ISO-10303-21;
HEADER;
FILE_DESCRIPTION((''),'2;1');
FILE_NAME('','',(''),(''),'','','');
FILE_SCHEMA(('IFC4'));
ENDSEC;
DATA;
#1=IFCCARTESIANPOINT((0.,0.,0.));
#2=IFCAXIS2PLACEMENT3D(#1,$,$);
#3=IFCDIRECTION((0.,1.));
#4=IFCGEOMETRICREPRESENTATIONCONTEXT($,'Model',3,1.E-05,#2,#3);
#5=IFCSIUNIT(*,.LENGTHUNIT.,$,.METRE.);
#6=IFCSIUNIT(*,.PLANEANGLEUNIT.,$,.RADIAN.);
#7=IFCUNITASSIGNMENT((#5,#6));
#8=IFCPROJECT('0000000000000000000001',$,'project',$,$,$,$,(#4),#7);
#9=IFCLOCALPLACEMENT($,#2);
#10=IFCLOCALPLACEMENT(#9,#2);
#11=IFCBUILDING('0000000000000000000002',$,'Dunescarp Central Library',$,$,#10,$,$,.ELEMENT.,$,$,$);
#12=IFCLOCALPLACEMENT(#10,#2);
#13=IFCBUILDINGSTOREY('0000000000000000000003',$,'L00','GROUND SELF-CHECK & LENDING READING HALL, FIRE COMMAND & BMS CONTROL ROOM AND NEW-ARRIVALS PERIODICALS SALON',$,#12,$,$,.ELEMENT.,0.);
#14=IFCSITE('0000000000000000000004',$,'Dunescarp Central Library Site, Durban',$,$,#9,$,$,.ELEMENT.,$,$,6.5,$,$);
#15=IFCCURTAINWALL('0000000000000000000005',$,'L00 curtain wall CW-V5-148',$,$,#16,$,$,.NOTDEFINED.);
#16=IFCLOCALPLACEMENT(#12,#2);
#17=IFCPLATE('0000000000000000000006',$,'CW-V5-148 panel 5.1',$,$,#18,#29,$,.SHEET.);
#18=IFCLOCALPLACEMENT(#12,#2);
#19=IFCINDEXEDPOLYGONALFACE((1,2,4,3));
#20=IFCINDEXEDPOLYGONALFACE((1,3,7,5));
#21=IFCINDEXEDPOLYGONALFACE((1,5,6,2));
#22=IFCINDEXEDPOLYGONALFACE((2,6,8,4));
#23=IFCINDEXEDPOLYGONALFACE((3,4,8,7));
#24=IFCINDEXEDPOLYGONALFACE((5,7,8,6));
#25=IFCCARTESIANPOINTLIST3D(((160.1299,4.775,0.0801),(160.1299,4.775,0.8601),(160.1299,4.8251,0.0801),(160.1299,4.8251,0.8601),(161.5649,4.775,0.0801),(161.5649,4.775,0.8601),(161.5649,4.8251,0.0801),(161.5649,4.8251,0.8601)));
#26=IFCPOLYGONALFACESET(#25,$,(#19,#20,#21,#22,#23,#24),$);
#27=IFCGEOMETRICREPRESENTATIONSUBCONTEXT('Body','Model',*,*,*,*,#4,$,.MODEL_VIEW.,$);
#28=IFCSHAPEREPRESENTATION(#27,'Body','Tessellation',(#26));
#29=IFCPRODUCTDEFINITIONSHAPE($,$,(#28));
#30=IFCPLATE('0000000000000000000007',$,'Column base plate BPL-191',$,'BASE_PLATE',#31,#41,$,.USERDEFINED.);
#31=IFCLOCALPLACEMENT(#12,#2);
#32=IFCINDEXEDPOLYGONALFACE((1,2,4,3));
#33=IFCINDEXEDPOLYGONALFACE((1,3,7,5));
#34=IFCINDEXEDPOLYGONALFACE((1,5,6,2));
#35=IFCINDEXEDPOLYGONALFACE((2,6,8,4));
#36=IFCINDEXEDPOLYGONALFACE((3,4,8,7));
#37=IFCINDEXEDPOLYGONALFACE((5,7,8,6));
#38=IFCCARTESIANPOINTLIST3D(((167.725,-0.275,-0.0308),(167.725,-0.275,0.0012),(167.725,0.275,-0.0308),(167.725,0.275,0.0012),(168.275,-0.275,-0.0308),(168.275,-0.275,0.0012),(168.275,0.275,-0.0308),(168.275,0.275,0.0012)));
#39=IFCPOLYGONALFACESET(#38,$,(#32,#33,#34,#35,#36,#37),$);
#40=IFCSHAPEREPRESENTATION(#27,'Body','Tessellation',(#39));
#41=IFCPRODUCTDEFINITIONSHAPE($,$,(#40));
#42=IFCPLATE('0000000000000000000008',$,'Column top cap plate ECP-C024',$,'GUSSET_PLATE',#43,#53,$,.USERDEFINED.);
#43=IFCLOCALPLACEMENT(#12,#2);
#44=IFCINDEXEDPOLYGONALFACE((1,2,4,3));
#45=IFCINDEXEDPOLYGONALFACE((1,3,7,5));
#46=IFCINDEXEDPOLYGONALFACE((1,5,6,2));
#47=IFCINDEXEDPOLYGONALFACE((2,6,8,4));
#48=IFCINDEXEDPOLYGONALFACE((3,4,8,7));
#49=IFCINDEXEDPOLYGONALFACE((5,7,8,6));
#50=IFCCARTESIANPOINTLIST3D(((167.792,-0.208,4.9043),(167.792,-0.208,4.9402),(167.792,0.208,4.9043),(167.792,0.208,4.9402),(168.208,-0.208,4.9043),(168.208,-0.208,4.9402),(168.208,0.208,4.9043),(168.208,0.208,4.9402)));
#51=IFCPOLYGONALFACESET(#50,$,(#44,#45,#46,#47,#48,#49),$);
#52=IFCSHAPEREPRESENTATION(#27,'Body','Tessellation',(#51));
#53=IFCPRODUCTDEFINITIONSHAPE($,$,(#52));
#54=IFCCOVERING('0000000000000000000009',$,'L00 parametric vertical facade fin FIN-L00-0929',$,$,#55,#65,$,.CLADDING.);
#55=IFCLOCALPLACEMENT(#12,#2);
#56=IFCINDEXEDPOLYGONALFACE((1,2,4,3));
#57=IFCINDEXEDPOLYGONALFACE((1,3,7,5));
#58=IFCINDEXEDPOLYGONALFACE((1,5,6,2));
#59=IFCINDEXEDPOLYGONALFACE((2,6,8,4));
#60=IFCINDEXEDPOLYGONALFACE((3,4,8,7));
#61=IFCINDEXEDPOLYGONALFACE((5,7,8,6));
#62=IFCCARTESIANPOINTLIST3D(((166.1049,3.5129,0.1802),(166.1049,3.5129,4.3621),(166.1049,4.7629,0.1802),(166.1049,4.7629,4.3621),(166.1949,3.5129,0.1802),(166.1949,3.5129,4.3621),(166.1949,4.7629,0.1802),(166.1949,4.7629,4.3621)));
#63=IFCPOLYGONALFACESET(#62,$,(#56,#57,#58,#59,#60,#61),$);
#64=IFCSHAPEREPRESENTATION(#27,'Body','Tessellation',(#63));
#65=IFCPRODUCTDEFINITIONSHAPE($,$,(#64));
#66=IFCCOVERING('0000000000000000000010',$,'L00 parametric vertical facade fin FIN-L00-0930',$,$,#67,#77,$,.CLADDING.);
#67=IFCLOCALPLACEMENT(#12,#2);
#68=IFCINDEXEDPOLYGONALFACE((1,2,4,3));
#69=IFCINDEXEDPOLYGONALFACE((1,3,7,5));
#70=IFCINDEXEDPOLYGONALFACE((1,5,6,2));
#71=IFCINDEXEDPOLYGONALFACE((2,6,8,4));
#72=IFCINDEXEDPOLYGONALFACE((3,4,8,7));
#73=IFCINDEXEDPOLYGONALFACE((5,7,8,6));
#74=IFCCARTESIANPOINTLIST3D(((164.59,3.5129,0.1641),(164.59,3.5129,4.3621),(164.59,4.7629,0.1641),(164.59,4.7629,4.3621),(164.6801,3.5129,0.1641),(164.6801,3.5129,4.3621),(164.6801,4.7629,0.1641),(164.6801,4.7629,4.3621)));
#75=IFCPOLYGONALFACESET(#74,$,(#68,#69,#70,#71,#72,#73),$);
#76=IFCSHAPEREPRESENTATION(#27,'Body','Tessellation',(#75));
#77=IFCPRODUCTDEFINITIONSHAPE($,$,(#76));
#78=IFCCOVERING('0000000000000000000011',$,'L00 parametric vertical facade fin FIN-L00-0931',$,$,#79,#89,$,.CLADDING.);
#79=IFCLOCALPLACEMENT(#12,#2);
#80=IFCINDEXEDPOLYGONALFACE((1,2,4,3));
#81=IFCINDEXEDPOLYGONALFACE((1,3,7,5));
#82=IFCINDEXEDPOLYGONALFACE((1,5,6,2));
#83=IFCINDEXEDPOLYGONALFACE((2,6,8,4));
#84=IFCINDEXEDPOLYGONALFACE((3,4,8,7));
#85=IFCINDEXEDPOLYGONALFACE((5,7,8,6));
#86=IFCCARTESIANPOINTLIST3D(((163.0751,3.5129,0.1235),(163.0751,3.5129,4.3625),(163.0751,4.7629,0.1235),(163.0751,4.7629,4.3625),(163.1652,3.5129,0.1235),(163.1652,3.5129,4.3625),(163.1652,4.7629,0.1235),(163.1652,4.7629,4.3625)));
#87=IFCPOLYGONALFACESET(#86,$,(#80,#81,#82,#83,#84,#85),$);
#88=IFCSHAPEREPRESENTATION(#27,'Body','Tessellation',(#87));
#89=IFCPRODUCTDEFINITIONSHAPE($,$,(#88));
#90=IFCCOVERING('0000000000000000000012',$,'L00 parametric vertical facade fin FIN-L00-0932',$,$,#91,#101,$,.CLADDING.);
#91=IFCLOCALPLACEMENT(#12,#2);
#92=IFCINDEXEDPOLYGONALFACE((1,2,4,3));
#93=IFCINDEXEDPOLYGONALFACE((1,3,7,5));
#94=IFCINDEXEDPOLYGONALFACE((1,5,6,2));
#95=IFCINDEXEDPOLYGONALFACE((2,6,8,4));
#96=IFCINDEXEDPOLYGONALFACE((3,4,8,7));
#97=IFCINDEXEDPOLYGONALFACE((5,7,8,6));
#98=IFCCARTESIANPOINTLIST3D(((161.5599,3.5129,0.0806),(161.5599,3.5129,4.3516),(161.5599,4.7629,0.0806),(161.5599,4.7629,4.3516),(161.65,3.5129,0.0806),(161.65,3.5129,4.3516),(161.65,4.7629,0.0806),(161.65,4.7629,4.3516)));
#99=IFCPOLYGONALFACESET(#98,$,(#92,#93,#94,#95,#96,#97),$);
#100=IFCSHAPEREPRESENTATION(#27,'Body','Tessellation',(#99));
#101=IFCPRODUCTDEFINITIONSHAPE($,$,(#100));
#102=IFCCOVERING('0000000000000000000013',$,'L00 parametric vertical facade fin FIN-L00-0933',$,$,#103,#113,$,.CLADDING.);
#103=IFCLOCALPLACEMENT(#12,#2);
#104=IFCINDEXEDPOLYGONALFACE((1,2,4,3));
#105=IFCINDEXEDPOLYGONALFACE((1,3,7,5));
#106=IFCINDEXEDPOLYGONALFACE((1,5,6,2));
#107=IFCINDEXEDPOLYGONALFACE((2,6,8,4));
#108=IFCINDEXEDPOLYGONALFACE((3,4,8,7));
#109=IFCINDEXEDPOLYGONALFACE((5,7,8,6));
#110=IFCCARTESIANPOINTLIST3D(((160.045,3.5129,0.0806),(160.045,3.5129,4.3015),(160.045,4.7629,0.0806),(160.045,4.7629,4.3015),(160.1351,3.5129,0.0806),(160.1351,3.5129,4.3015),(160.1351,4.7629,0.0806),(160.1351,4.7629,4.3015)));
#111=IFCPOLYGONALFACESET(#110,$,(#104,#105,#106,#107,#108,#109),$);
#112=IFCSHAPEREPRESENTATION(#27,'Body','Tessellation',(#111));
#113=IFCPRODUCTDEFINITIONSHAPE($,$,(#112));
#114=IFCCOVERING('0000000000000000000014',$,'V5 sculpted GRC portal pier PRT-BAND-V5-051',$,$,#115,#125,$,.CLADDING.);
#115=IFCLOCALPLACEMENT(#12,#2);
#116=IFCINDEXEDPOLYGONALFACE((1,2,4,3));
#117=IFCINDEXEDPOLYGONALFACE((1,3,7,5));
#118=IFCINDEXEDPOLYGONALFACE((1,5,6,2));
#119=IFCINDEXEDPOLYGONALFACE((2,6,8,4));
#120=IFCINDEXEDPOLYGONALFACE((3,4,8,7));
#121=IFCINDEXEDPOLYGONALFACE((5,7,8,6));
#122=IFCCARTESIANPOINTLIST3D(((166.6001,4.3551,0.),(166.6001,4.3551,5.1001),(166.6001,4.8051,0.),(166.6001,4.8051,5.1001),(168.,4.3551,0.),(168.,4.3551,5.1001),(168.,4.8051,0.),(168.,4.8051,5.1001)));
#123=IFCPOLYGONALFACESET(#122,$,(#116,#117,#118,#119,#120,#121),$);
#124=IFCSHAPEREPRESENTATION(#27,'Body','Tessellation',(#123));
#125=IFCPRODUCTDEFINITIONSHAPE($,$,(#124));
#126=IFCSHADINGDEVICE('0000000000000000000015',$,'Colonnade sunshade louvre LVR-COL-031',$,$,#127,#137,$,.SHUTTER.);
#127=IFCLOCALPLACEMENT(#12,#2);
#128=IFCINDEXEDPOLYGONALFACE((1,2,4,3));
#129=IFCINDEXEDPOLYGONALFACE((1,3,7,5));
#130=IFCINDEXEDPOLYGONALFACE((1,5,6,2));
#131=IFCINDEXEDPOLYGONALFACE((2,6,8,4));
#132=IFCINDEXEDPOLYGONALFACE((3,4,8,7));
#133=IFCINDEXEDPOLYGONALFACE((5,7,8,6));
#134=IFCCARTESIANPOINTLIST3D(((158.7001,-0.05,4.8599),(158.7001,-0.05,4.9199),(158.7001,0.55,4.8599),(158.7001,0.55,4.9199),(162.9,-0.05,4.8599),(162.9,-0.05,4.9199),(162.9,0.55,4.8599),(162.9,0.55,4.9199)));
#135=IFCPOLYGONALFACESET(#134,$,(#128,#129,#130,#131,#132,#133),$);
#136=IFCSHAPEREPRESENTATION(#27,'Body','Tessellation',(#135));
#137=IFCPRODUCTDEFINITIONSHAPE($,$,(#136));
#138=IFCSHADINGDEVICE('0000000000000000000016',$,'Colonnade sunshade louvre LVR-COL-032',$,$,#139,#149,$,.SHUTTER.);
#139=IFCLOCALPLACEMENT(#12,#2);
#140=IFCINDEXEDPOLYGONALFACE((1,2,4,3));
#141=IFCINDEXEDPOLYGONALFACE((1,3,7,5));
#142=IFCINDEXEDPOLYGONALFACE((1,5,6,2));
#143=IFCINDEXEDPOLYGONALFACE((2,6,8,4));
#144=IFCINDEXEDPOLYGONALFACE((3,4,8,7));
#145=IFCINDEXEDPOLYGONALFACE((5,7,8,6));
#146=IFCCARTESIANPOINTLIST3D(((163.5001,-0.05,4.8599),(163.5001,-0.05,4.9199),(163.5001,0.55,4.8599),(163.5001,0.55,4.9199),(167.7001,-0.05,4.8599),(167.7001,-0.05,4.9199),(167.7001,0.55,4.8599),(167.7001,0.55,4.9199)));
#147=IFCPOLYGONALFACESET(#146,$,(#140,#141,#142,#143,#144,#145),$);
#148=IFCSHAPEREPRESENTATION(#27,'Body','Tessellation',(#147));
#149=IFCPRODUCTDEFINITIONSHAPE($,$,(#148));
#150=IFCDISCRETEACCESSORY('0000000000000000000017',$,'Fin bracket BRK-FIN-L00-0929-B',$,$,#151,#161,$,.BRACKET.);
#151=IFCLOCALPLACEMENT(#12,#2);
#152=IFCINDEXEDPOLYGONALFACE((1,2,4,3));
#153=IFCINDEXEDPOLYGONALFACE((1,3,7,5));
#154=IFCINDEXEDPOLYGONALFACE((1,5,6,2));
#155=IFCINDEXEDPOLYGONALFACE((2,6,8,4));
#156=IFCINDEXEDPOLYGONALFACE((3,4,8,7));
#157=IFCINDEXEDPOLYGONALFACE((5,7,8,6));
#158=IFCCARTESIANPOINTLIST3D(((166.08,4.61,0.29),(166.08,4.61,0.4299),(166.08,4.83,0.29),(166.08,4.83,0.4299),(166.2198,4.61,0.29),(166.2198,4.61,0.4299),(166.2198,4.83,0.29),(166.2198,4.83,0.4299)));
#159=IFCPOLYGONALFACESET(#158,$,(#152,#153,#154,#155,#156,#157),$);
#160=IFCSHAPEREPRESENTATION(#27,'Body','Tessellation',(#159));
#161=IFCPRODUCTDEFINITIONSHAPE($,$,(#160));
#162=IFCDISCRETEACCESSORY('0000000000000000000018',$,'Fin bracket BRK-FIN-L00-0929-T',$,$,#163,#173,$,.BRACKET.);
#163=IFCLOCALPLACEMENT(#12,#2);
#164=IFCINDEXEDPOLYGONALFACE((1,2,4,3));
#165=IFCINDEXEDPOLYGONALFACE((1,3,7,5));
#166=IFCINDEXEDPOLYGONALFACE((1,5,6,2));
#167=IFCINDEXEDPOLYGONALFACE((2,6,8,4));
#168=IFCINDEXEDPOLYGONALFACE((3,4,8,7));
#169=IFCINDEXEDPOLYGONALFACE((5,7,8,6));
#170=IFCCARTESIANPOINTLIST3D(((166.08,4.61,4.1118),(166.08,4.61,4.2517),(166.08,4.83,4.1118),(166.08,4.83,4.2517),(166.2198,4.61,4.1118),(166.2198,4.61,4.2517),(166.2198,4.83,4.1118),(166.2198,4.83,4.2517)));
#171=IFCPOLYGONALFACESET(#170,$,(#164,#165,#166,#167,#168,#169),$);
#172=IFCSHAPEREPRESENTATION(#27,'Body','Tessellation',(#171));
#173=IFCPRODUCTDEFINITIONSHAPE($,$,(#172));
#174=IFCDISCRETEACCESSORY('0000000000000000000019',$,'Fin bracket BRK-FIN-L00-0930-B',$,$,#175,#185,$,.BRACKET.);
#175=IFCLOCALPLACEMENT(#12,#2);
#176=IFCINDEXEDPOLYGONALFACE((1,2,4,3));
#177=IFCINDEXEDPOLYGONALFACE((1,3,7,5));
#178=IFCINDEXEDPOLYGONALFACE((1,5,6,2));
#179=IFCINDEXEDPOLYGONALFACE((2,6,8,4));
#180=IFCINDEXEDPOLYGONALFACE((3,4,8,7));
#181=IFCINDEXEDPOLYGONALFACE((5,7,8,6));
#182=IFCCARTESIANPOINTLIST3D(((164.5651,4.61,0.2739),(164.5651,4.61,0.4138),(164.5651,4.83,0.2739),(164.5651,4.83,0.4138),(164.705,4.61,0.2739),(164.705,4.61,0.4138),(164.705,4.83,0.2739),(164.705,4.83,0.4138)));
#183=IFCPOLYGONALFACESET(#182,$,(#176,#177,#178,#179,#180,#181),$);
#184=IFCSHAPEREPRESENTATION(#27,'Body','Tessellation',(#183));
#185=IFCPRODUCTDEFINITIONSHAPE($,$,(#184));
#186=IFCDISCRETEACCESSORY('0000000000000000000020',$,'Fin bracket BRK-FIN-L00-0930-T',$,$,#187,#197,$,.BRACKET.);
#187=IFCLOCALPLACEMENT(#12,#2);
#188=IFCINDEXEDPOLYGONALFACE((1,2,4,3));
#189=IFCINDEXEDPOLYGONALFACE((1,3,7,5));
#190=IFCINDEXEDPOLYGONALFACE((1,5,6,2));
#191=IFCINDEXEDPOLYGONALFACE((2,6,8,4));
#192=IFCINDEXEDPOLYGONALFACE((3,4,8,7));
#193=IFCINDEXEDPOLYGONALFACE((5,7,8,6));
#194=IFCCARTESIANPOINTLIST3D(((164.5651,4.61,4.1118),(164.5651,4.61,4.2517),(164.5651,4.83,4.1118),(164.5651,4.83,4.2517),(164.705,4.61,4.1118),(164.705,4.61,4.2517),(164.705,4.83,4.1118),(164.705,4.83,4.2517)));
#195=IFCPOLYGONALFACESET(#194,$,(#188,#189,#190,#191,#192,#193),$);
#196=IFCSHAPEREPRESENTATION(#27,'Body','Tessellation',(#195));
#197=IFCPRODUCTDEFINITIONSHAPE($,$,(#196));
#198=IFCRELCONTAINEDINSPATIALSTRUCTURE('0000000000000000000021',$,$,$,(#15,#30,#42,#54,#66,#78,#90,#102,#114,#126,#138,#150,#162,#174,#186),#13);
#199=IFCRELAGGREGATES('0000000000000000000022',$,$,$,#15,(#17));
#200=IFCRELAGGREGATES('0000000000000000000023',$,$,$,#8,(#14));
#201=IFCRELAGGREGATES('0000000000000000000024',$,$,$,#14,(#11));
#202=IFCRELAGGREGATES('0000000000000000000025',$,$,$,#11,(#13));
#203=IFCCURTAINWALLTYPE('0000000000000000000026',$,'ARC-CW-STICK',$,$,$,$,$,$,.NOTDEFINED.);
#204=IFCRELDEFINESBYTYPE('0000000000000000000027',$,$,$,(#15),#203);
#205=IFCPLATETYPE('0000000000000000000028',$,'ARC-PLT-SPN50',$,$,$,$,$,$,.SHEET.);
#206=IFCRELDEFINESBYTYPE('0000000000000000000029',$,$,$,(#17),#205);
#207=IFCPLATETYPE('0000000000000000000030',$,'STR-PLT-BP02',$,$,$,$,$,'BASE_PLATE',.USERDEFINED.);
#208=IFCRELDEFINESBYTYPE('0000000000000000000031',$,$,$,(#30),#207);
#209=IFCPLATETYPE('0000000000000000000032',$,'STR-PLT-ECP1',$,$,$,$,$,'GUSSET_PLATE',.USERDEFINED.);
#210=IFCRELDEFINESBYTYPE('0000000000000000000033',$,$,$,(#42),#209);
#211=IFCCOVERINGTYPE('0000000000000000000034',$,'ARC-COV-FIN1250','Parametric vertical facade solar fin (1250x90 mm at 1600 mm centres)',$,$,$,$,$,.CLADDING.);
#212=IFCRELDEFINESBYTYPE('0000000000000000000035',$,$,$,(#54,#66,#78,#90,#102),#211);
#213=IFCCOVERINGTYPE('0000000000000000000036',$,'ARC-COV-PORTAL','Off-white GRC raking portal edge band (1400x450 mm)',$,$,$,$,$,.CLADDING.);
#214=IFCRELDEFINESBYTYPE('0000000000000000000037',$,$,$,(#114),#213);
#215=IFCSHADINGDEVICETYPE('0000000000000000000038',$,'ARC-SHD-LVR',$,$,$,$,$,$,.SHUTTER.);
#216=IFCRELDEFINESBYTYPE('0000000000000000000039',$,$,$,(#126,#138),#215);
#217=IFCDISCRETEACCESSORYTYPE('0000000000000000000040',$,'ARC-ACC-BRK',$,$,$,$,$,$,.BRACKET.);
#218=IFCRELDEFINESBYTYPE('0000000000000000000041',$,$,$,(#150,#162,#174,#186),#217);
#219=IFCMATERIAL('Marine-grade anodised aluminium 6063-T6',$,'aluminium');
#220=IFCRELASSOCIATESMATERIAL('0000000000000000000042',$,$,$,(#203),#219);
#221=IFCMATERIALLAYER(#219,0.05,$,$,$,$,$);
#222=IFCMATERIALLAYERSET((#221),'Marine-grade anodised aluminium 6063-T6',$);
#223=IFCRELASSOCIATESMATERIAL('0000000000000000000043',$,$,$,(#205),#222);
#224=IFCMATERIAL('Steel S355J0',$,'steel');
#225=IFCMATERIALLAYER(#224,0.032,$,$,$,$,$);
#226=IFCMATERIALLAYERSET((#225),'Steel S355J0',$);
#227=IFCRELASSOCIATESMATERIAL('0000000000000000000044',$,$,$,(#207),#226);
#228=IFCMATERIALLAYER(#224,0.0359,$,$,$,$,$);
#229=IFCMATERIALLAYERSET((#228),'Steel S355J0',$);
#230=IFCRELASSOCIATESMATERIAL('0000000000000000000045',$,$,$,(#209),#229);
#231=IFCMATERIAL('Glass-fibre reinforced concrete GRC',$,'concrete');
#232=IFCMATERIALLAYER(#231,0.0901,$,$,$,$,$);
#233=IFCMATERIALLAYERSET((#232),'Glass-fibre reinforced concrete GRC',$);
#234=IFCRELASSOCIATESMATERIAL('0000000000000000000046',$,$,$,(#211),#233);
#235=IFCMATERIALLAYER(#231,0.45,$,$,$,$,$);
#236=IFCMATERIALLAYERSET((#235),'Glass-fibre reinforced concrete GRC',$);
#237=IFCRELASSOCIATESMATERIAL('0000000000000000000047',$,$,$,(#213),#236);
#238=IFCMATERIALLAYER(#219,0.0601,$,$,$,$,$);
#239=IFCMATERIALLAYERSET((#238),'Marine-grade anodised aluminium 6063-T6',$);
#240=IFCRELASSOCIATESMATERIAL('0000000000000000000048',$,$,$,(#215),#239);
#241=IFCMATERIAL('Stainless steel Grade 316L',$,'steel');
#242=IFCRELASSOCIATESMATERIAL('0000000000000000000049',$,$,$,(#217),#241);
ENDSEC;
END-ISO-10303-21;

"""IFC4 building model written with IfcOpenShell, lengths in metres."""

from ifc_helpers import new_model, si_unit, direction, frame, origin, origin_2d, place, context, subcontext, project, spatial, rectangle, extrude, material, layer, layer_set, type_object, element, aggregate, save


model = new_model("IFC4")

# Units and contexts
model_context = context("Model", 3, precision=1e-05, world=origin(), true_north=direction((0.0, 1.0)))
body_context = subcontext(model_context, "Body", "Model", "MODEL_VIEW")
ifc_project = project(units=[si_unit("LENGTHUNIT", "METRE"), si_unit("PLANEANGLEUNIT", "RADIAN")], contexts=[model_context])

# Site, building, storey
site_placement = place(None, origin())
site = spatial("IfcSite", under=ifc_project, at=site_placement, Name="Dunescarp Central Library Site, Durban", CompositionType="ELEMENT", RefElevation=6.5)
building_placement = place(site_placement, origin())
building = spatial("IfcBuilding", under=site, at=building_placement, Name="Dunescarp Central Library", CompositionType="ELEMENT")
storey_placement = place(building_placement, origin())
storey = spatial("IfcBuildingStorey", under=building, at=storey_placement, Name="L00", Description="GROUND SELF-CHECK & LENDING READING HALL, FIRE COMMAND & BMS CONTROL ROOM AND NEW-ARRIVALS PERIODICALS SALON", CompositionType="ELEMENT", Elevation=0.0)

# Shared definitions
ifc_material_1 = material(Name="Steel S355J0", Category="steel")

# Curtain wall, plate
ifc_material_2 = material(Name="Marine-grade anodised aluminium 6063-T6", Category="aluminium")
curtain_wall_type = type_object("IfcCurtainWallType", Name="ARC-CW-STICK", PredefinedType="NOTDEFINED", material=ifc_material_2)
curtain_wall_placement = place(storey_placement, origin())
curtain_wall = element("IfcCurtainWall", 1, at=curtain_wall_placement, inside=storey, type_object=curtain_wall_type, Name="L00 curtain wall CW-V5-148", PredefinedType="NOTDEFINED")
ifc_layer_1 = layer(ifc_material_2, 0.05)
ifc_layer_set_1 = layer_set([ifc_layer_1], Name="Marine-grade anodised aluminium 6063-T6")
plate_type_1 = type_object("IfcPlateType", Name="ARC-PLT-SPN50", PredefinedType="SHEET", material=ifc_layer_set_1)
plate_1_placement = place(storey_placement, frame((160.8474, 4.8, 0.0801), z_axis=(0.0, 0.0, 1.0), x_axis=(-1.0, 0.0, 0.0)))
plate_1 = element("IfcPlate", 2, at=plate_1_placement, type_object=plate_type_1, Name="CW-V5-148 panel 5.1", PredefinedType="SHEET", context=body_context, shape_type="SweptSolid", body=[
    extrude(rectangle(XDim=1.4351, YDim=0.05, at=origin_2d()), origin(), (0.0, 0.0, 1.0), 0.78),
])
aggregate(curtain_wall, [plate_1])

# Plates
ifc_layer_2 = layer(ifc_material_1, 0.032)
ifc_layer_set_2 = layer_set([ifc_layer_2], Name="Steel S355J0")
plate_type_2 = type_object("IfcPlateType", Name="STR-PLT-BP02", ElementType="BASE_PLATE", PredefinedType="USERDEFINED", material=ifc_layer_set_2)
plate_2_placement = place(storey_placement, frame((168.0, 0.0, -0.0308), z_axis=(0.0, 0.0, 1.0), x_axis=(1.0, 0.0, 0.0)))
element("IfcPlate", 3, at=plate_2_placement, inside=storey, type_object=plate_type_2, Name="Column base plate BPL-191", ObjectType="BASE_PLATE", PredefinedType="USERDEFINED", context=body_context, shape_type="SweptSolid", body=[
    extrude(rectangle(XDim=0.55, YDim=0.55, at=origin_2d()), origin(), (0.0, 0.0, 1.0), 0.032),
])
ifc_layer_3 = layer(ifc_material_1, 0.0359)
ifc_layer_set_3 = layer_set([ifc_layer_3], Name="Steel S355J0")
plate_type_3 = type_object("IfcPlateType", Name="STR-PLT-ECP1", ElementType="GUSSET_PLATE", PredefinedType="USERDEFINED", material=ifc_layer_set_3)
plate_3_placement = place(storey_placement, frame((168.0, 0.0, 4.9043), z_axis=(0.0, 0.0, 1.0), x_axis=(1.0, 0.0, 0.0)))
element("IfcPlate", 4, at=plate_3_placement, inside=storey, type_object=plate_type_3, Name="Column top cap plate ECP-C024", ObjectType="GUSSET_PLATE", PredefinedType="USERDEFINED", context=body_context, shape_type="SweptSolid", body=[
    extrude(rectangle(XDim=0.416, YDim=0.416, at=origin_2d()), origin(), (0.0, 0.0, 1.0), 0.0359),
])

# Coverings
ifc_material_3 = material(Name="Glass-fibre reinforced concrete GRC", Category="concrete")
ifc_layer_4 = layer(ifc_material_3, 0.0901)
ifc_layer_set_4 = layer_set([ifc_layer_4], Name="Glass-fibre reinforced concrete GRC")
covering_type_1 = type_object("IfcCoveringType", Name="ARC-COV-FIN1250", Description="Parametric vertical facade solar fin (1250x90 mm at 1600 mm centres)", PredefinedType="CLADDING", material=ifc_layer_set_4)
covering_1_placement = place(storey_placement, frame((166.1499, 4.1379, 0.1802), z_axis=(0.0, 0.0, 1.0), x_axis=(0.0, -1.0, 0.0)))
element("IfcCovering", 5, at=covering_1_placement, inside=storey, type_object=covering_type_1, Name="L00 parametric vertical facade fin FIN-L00-0929", PredefinedType="CLADDING", context=body_context, shape_type="SweptSolid", body=[
    extrude(rectangle(XDim=1.25, YDim=0.0901, at=origin_2d()), origin(), (0.0, 0.0, 1.0), 4.1819),
])
covering_2_placement = place(storey_placement, frame((164.635, 4.1379, 0.1641), z_axis=(0.0, 0.0, 1.0), x_axis=(0.0, -1.0, 0.0)))
element("IfcCovering", 6, at=covering_2_placement, inside=storey, type_object=covering_type_1, Name="L00 parametric vertical facade fin FIN-L00-0930", PredefinedType="CLADDING", context=body_context, shape_type="SweptSolid", body=[
    extrude(rectangle(XDim=1.25, YDim=0.0901, at=origin_2d()), origin(), (0.0, 0.0, 1.0), 4.198),
])
covering_3_placement = place(storey_placement, frame((163.1201, 4.1379, 0.1235), z_axis=(0.0, 0.0, 1.0), x_axis=(0.0, -1.0, 0.0)))
element("IfcCovering", 7, at=covering_3_placement, inside=storey, type_object=covering_type_1, Name="L00 parametric vertical facade fin FIN-L00-0931", PredefinedType="CLADDING", context=body_context, shape_type="SweptSolid", body=[
    extrude(rectangle(XDim=1.25, YDim=0.0901, at=origin_2d()), origin(), (0.0, 0.0, 1.0), 4.239),
])
covering_4_placement = place(storey_placement, frame((161.605, 4.1379, 0.0806), z_axis=(0.0, 0.0, 1.0), x_axis=(0.0, -1.0, 0.0)))
element("IfcCovering", 8, at=covering_4_placement, inside=storey, type_object=covering_type_1, Name="L00 parametric vertical facade fin FIN-L00-0932", PredefinedType="CLADDING", context=body_context, shape_type="SweptSolid", body=[
    extrude(rectangle(XDim=1.25, YDim=0.0901, at=origin_2d()), origin(), (0.0, 0.0, 1.0), 4.271),
])
covering_5_placement = place(storey_placement, frame((160.0901, 4.1379, 0.0806), z_axis=(0.0, 0.0, 1.0), x_axis=(0.0, -1.0, 0.0)))
element("IfcCovering", 9, at=covering_5_placement, inside=storey, type_object=covering_type_1, Name="L00 parametric vertical facade fin FIN-L00-0933", PredefinedType="CLADDING", context=body_context, shape_type="SweptSolid", body=[
    extrude(rectangle(XDim=1.25, YDim=0.0901, at=origin_2d()), origin(), (0.0, 0.0, 1.0), 4.2209),
])
ifc_layer_5 = layer(ifc_material_3, 0.45)
ifc_layer_set_5 = layer_set([ifc_layer_5], Name="Glass-fibre reinforced concrete GRC")
covering_type_2 = type_object("IfcCoveringType", Name="ARC-COV-PORTAL", Description="Off-white GRC raking portal edge band (1400x450 mm)", PredefinedType="CLADDING", material=ifc_layer_set_5)
covering_6_placement = place(storey_placement, frame((167.3, 4.5801, 0.0), z_axis=(0.0, 0.0, 1.0), x_axis=(1.0, 0.0, 0.0)))
element("IfcCovering", 10, at=covering_6_placement, inside=storey, type_object=covering_type_2, Name="V5 sculpted GRC portal pier PRT-BAND-V5-051", PredefinedType="CLADDING", context=body_context, shape_type="SweptSolid", body=[
    extrude(rectangle(XDim=1.3999, YDim=0.45, at=origin_2d()), origin(), (0.0, 0.0, 1.0), 5.1001),
])

# Shading devices
ifc_layer_6 = layer(ifc_material_2, 0.0601)
ifc_layer_set_6 = layer_set([ifc_layer_6], Name="Marine-grade anodised aluminium 6063-T6")
shading_device_type = type_object("IfcShadingDeviceType", Name="ARC-SHD-LVR", PredefinedType="SHUTTER", material=ifc_layer_set_6)
for number, where, z_axis, x_axis, name in (
    (11, (160.8, 0.25, 4.8599), (0.0, 0.0, 1.0), (1.0, 0.0, 0.0), "Colonnade sunshade louvre LVR-COL-031"),
    (12, (165.6001, 0.25, 4.8599), (0.0, 0.0, 1.0), (1.0, 0.0, 0.0), "Colonnade sunshade louvre LVR-COL-032"),
):
    element("IfcShadingDevice", number, at=place(storey_placement, frame(where, z_axis=z_axis, x_axis=x_axis)), inside=storey, type_object=shading_device_type, Name=name, PredefinedType="SHUTTER", context=body_context, shape_type="SweptSolid", body=[
        extrude(rectangle(XDim=4.2, YDim=0.6001, at=origin_2d()), origin(), (0.0, 0.0, 1.0), 0.0601),
    ])

# Discrete accessories
ifc_material_4 = material(Name="Stainless steel Grade 316L", Category="steel")
discrete_accessory_type = type_object("IfcDiscreteAccessoryType", Name="ARC-ACC-BRK", PredefinedType="BRACKET", material=ifc_material_4)
for number, where, z_axis, x_axis, name in (
    (13, (166.1499, 4.72, 0.29), (0.0, 0.0, 1.0), (0.0, -1.0, 0.0), "Fin bracket BRK-FIN-L00-0929-B"),
    (14, (166.1499, 4.72, 4.1118), (0.0, 0.0, 1.0), (0.0, -1.0, 0.0), "Fin bracket BRK-FIN-L00-0929-T"),
    (15, (164.635, 4.72, 0.2739), (0.0, 0.0, 1.0), (0.0, -1.0, 0.0), "Fin bracket BRK-FIN-L00-0930-B"),
    (16, (164.635, 4.72, 4.1118), (0.0, 0.0, 1.0), (0.0, -1.0, 0.0), "Fin bracket BRK-FIN-L00-0930-T"),
):
    element("IfcDiscreteAccessory", number, at=place(storey_placement, frame(where, z_axis=z_axis, x_axis=x_axis)), inside=storey, type_object=discrete_accessory_type, Name=name, PredefinedType="BRACKET", context=body_context, shape_type="SweptSolid", body=[
        extrude(rectangle(XDim=0.22, YDim=0.1399, at=origin_2d()), origin(), (0.0, 0.0, 1.0), 0.1399),
    ])

save(model, "model.ifc")
